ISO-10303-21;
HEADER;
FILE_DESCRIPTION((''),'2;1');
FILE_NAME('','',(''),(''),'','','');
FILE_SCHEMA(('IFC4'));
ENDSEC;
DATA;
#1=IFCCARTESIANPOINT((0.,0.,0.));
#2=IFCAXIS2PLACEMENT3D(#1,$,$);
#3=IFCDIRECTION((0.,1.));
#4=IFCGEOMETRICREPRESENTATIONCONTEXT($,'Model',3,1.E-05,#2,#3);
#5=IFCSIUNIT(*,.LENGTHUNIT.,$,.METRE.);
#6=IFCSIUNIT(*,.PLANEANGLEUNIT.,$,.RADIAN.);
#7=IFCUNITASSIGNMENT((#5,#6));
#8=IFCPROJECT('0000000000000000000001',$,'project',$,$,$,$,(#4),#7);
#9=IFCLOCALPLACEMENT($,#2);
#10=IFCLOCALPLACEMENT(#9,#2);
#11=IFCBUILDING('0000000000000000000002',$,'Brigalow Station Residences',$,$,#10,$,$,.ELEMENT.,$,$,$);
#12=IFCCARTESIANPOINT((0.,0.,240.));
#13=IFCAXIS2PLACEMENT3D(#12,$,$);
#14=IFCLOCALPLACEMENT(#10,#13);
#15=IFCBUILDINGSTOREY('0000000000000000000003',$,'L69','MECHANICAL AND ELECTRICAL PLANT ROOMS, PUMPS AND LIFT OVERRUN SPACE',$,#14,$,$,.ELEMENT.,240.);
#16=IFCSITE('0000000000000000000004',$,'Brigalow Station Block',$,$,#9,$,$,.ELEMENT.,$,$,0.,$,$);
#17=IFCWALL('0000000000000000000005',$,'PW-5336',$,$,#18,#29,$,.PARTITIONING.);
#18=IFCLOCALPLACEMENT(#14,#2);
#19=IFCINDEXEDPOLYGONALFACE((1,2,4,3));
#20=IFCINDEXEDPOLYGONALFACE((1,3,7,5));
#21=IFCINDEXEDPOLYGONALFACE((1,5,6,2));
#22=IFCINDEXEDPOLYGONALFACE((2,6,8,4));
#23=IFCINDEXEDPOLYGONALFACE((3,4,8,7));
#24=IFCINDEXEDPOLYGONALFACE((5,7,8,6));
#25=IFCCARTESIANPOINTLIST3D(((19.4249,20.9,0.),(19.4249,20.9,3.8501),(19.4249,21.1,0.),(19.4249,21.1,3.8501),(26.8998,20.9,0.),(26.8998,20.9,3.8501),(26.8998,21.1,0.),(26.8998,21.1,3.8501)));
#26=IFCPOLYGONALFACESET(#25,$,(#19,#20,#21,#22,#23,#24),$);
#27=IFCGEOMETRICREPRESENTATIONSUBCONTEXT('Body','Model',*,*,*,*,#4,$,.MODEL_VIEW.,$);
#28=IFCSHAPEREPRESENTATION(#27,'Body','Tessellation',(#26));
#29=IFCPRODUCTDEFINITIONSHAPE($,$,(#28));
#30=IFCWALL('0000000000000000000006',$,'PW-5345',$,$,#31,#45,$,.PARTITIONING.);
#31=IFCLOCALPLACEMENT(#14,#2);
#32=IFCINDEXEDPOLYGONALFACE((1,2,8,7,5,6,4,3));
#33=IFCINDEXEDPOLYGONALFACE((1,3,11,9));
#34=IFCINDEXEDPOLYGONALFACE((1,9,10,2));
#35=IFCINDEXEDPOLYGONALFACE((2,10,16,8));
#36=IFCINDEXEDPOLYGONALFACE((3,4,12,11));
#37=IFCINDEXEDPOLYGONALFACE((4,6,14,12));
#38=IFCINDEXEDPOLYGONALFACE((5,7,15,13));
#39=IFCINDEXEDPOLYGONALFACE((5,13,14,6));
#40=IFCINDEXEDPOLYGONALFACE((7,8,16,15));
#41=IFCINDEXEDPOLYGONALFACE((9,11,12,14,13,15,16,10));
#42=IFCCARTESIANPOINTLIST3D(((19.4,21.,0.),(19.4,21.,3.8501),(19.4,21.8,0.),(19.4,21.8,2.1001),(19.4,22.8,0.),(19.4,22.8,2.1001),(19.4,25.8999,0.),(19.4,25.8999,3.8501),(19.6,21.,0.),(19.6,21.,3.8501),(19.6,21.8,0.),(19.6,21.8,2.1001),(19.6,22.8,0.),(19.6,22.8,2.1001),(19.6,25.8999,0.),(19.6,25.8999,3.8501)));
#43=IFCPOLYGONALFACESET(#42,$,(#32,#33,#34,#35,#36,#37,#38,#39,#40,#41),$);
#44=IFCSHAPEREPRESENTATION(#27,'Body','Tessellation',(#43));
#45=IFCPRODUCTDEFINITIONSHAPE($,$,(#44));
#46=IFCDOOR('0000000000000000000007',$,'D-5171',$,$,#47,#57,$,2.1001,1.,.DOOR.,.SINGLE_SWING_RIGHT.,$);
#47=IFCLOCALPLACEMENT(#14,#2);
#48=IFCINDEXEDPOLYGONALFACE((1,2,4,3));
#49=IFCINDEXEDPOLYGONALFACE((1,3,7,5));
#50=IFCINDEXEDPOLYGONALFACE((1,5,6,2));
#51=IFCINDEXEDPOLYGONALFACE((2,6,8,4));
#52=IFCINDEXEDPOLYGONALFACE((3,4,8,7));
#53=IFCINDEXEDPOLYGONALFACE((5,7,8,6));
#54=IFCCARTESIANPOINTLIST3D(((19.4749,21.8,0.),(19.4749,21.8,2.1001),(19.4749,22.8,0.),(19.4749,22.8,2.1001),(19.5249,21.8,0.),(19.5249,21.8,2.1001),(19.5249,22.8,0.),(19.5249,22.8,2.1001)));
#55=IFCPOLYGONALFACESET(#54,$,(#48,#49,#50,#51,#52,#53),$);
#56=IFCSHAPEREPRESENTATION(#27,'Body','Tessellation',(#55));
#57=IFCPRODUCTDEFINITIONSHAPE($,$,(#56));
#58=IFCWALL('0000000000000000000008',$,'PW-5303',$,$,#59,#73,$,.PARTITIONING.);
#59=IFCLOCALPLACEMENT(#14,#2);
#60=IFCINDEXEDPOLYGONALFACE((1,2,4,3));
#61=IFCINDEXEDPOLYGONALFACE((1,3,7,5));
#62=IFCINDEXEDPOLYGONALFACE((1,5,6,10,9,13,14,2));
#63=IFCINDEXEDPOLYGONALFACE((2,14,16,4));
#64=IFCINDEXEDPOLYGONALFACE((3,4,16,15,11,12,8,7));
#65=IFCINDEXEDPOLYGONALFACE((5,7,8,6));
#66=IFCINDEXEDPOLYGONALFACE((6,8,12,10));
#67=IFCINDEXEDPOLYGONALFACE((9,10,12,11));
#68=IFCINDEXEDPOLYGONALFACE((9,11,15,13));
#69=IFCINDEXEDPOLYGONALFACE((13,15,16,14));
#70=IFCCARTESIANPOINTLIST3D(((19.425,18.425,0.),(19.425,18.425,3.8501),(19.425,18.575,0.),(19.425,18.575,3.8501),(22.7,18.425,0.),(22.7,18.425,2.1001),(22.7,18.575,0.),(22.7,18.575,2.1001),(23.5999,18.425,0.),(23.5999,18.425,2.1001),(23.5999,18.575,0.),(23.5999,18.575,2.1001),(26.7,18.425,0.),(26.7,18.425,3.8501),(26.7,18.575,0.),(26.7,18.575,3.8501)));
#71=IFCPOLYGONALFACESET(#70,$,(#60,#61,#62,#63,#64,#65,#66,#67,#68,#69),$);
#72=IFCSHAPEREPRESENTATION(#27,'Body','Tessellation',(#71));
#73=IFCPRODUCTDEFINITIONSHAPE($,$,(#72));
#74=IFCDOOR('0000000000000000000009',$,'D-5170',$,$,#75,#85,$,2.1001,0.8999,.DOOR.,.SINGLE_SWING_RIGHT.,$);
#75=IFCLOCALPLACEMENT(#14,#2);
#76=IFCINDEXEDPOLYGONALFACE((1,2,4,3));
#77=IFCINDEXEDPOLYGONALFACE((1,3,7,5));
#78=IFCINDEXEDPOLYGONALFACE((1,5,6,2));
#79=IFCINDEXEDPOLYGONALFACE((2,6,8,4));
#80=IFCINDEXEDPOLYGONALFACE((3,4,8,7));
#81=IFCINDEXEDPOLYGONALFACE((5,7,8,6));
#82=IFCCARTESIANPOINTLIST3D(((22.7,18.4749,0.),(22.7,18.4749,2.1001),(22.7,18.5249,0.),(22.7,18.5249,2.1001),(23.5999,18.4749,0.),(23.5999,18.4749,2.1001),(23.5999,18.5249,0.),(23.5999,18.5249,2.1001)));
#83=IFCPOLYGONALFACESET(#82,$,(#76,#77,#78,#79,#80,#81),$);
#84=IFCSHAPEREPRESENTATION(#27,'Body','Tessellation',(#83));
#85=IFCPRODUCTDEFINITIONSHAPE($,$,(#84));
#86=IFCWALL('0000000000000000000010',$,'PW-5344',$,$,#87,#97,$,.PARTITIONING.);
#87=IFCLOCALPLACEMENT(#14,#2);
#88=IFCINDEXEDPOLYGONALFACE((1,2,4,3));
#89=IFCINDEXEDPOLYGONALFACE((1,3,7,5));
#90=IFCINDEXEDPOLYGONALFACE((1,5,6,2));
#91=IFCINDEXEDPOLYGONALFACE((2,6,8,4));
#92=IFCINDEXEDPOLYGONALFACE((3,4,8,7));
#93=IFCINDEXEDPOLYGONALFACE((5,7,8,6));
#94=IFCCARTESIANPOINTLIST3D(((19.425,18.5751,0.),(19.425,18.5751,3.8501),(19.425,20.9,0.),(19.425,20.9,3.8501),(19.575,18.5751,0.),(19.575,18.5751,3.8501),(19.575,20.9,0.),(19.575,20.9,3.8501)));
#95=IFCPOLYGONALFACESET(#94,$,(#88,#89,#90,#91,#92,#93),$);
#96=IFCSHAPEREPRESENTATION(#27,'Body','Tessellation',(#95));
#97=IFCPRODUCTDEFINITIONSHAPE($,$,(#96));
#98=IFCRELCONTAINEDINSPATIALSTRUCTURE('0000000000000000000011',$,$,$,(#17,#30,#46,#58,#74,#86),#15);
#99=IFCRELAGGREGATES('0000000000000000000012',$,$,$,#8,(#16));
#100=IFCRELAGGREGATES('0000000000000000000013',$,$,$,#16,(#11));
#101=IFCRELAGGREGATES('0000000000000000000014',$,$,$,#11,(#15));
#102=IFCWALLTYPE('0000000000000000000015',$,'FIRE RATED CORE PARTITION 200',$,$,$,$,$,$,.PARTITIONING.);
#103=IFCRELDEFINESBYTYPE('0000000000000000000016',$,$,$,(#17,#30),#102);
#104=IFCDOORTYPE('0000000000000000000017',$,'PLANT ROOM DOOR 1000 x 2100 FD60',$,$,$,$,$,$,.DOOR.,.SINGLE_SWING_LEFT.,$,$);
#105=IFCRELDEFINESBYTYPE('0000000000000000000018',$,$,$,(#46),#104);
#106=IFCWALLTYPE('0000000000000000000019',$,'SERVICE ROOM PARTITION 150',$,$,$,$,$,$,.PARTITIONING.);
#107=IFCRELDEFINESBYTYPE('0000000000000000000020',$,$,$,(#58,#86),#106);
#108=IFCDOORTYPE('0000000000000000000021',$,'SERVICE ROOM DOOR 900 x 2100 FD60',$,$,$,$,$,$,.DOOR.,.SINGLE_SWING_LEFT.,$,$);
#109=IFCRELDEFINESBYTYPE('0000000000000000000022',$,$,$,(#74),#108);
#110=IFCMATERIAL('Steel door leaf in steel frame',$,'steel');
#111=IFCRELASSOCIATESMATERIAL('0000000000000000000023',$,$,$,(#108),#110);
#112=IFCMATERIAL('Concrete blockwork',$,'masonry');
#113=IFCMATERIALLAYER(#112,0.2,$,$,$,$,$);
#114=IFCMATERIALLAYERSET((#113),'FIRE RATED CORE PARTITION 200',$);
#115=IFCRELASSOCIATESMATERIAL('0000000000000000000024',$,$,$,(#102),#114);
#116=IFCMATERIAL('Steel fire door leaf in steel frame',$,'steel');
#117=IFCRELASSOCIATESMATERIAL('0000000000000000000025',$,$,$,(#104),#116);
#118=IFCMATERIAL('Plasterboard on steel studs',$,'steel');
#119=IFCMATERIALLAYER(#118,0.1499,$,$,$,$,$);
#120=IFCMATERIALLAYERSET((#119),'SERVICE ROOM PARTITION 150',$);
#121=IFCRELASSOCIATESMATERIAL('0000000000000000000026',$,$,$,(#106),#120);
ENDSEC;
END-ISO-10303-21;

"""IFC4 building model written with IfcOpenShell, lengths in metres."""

from ifc_helpers import new_model, si_unit, direction, frame, frame_2d, origin, place, context, subcontext, project, spatial, rectangle, extrude, material, layer, layer_set, type_object, element, fill, save


model = new_model("IFC4")

# Units and contexts
model_context = context("Model", 3, precision=1e-05, world=origin(), true_north=direction((0.0, 1.0)))
body_context = subcontext(model_context, "Body", "Model", "MODEL_VIEW")
ifc_project = project(units=[si_unit("LENGTHUNIT", "METRE"), si_unit("PLANEANGLEUNIT", "RADIAN")], contexts=[model_context])

# Site, building, storey
site_placement = place(None, origin())
site = spatial("IfcSite", under=ifc_project, at=site_placement, Name="Brigalow Station Block", CompositionType="ELEMENT", RefElevation=0.0)
building_placement = place(site_placement, origin())
building = spatial("IfcBuilding", under=site, at=building_placement, Name="Brigalow Station Residences", CompositionType="ELEMENT")
storey_placement = place(building_placement, frame((0.0, 0.0, 240.0)))
storey = spatial("IfcBuildingStorey", under=building, at=storey_placement, Name="L69", Description="MECHANICAL AND ELECTRICAL PLANT ROOMS, PUMPS AND LIFT OVERRUN SPACE", CompositionType="ELEMENT", Elevation=240.0)

# Shared definitions
ifc_material_1 = material(Name="Steel door leaf in steel frame", Category="steel")
door_type_1 = type_object("IfcDoorType", Name="SERVICE ROOM DOOR 900 x 2100 FD60", OperationType="SINGLE_SWING_LEFT", PredefinedType="DOOR", material=ifc_material_1)
ifc_material_2 = material(Name="Concrete blockwork", Category="masonry")
ifc_layer_1 = layer(ifc_material_2, 0.2)
ifc_layer_set_1 = layer_set([ifc_layer_1], Name="FIRE RATED CORE PARTITION 200")
wall_type_1 = type_object("IfcWallType", Name="FIRE RATED CORE PARTITION 200", PredefinedType="PARTITIONING", material=ifc_layer_set_1)

# Wall
wall_1_placement = place(storey_placement, frame((19.425, 21.0, 0.0), z_axis=(0.0, 0.0, 1.0), x_axis=(1.0, 0.0, 0.0)))
element("IfcWall", 1, at=wall_1_placement, inside=storey, type_object=wall_type_1, Name="PW-5336", PredefinedType="PARTITIONING", context=body_context, shape_type="SweptSolid", body=[
    extrude(rectangle(XDim=7.4749, YDim=0.2, at=frame_2d((3.7373, 0.0))), origin(), (0.0, 0.0, 1.0), 3.8501),
])

# Walls, openings, doors
wall_2_placement = place(storey_placement, frame((19.5, 21.0, 0.0), z_axis=(0.0, 0.0, 1.0), x_axis=(0.0, 1.0, 0.0)))
wall_2 = element("IfcWall", 2, at=wall_2_placement, inside=storey, type_object=wall_type_1, Name="PW-5345", PredefinedType="PARTITIONING", context=body_context, shape_type="SweptSolid", body=[
    extrude(rectangle(XDim=4.8999, YDim=0.2, at=frame_2d((2.45, 0.0))), origin(), (0.0, 0.0, 1.0), 3.8501),
])
opening_1_placement = place(wall_2_placement, frame((0.8, 0.0, 0.0)))
opening_1 = element("IfcOpeningElement", 3, at=opening_1_placement, cuts=wall_2, PredefinedType="OPENING", context=body_context, shape_type="SweptSolid", body=[
    extrude(rectangle(XDim=1.0, YDim=2.1001, at=frame_2d((0.5, 1.05))), frame((0.0, 0.1099, 0.0), z_axis=(0.0, -1.0, 0.0), x_axis=(1.0, 0.0, 0.0)), (0.0, 0.0, 1.0), 0.22),
])
ifc_material_3 = material(Name="Steel fire door leaf in steel frame", Category="steel")
door_type_2 = type_object("IfcDoorType", Name="PLANT ROOM DOOR 1000 x 2100 FD60", OperationType="SINGLE_SWING_LEFT", PredefinedType="DOOR", material=ifc_material_3)
door_1_placement = place(opening_1_placement, frame((1.0, 0.0, 0.0), z_axis=(0.0, 0.0, 1.0), x_axis=(-1.0, 0.0, 0.0)))
door_1 = element("IfcDoor", 4, at=door_1_placement, inside=storey, type_object=door_type_2, Name="D-5171", OperationType="SINGLE_SWING_RIGHT", OverallHeight=2.1001, OverallWidth=1.0, PredefinedType="DOOR", context=body_context, shape_type="SweptSolid", body=[
    extrude(rectangle(XDim=1.0, YDim=2.1001, at=frame_2d((0.5, 1.05))), frame((0.0, 0.0249, 0.0), z_axis=(0.0, -1.0, 0.0), x_axis=(1.0, 0.0, 0.0)), (0.0, 0.0, 1.0), 0.05),
])
fill(opening_1, door_1)
ifc_material_4 = material(Name="Plasterboard on steel studs", Category="steel")
ifc_layer_2 = layer(ifc_material_4, 0.1499)
ifc_layer_set_2 = layer_set([ifc_layer_2], Name="SERVICE ROOM PARTITION 150")
wall_type_2 = type_object("IfcWallType", Name="SERVICE ROOM PARTITION 150", PredefinedType="PARTITIONING", material=ifc_layer_set_2)
wall_3_placement = place(storey_placement, frame((19.425, 18.5, 0.0), z_axis=(0.0, 0.0, 1.0), x_axis=(1.0, 0.0, 0.0)))
wall_3 = element("IfcWall", 5, at=wall_3_placement, inside=storey, type_object=wall_type_2, Name="PW-5303", PredefinedType="PARTITIONING", context=body_context, shape_type="SweptSolid", body=[
    extrude(rectangle(XDim=7.2749, YDim=0.1499, at=frame_2d((3.6375, 0.0))), origin(), (0.0, 0.0, 1.0), 3.8501),
])
opening_2_placement = place(wall_3_placement, frame((3.2749, 0.0, 0.0)))
opening_2 = element("IfcOpeningElement", 6, at=opening_2_placement, cuts=wall_3, PredefinedType="OPENING", context=body_context, shape_type="SweptSolid", body=[
    extrude(rectangle(XDim=0.8999, YDim=2.1001, at=frame_2d((0.45, 1.05))), frame((0.0, 0.085, 0.0), z_axis=(0.0, -1.0, 0.0), x_axis=(1.0, 0.0, 0.0)), (0.0, 0.0, 1.0), 0.1699),
])
door_2_placement = place(opening_2_placement, origin())
door_2 = element("IfcDoor", 7, at=door_2_placement, inside=storey, type_object=door_type_1, Name="D-5170", OperationType="SINGLE_SWING_RIGHT", OverallHeight=2.1001, OverallWidth=0.8999, PredefinedType="DOOR", context=body_context, shape_type="SweptSolid", body=[
    extrude(rectangle(XDim=0.8999, YDim=2.1001, at=frame_2d((0.45, 1.05))), frame((0.0, 0.0249, 0.0), z_axis=(0.0, -1.0, 0.0), x_axis=(1.0, 0.0, 0.0)), (0.0, 0.0, 1.0), 0.05),
])
fill(opening_2, door_2)

# Wall
wall_4_placement = place(storey_placement, frame((19.5, 18.575, 0.0), z_axis=(0.0, 0.0, 1.0), x_axis=(0.0, 1.0, 0.0)))
element("IfcWall", 8, at=wall_4_placement, inside=storey, type_object=wall_type_2, Name="PW-5344", PredefinedType="PARTITIONING", context=body_context, shape_type="SweptSolid", body=[
    extrude(rectangle(XDim=2.325, YDim=0.1499, at=frame_2d((1.1626, 0.0))), origin(), (0.0, 0.0, 1.0), 3.8501),
])

save(model, "model.ifc")
